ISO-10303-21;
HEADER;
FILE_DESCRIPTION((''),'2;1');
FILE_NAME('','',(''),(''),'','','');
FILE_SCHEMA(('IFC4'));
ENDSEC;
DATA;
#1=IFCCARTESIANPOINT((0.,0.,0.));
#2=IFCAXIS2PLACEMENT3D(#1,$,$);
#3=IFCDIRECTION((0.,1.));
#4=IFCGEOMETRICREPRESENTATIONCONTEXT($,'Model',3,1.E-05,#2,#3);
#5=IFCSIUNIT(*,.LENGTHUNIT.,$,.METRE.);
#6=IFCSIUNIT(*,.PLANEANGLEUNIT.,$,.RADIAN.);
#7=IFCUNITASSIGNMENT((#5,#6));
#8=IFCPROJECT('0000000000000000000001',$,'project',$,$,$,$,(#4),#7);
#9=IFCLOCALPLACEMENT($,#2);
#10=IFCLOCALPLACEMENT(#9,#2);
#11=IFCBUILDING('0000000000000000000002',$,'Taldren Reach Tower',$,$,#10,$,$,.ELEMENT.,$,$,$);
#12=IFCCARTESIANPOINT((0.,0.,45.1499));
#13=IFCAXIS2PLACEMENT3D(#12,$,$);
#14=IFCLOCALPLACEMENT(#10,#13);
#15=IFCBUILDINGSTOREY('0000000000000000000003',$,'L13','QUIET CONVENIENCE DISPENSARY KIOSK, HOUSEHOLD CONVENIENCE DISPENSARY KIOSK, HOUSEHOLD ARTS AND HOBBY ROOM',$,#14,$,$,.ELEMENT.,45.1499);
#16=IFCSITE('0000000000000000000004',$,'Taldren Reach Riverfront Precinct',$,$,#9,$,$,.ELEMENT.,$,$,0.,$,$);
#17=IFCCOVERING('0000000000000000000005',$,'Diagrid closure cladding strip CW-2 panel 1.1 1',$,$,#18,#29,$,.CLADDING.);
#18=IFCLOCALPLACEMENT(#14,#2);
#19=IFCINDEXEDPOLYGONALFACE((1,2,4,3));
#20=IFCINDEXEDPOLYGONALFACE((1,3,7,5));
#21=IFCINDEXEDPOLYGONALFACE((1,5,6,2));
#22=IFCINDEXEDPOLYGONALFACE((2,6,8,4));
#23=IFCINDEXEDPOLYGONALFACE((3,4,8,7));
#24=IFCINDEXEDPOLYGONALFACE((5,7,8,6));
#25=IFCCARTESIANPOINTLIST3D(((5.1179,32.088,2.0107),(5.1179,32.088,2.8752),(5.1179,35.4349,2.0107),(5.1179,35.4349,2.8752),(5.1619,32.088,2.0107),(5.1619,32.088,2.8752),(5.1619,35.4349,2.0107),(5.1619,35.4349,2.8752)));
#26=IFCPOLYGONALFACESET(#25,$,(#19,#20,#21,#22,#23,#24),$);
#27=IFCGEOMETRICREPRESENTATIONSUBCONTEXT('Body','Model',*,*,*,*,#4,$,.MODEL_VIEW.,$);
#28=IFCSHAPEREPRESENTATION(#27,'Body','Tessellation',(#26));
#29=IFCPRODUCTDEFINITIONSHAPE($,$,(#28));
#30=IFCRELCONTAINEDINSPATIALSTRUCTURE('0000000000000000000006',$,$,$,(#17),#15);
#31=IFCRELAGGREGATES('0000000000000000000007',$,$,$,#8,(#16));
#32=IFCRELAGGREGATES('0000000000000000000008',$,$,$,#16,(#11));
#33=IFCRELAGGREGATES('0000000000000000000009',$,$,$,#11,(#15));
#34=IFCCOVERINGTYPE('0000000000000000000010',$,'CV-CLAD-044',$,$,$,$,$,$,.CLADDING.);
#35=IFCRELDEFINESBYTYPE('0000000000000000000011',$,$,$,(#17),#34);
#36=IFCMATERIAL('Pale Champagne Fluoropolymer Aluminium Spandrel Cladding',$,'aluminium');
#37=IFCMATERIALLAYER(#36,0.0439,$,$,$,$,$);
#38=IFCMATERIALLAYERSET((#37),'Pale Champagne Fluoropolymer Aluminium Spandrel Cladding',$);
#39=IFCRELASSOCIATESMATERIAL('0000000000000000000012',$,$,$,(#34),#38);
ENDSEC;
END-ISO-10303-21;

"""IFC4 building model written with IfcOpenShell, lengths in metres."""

from ifc_helpers import new_model, si_unit, direction, frame, origin, origin_2d, place, context, subcontext, project, spatial, rectangle, extrude, source, transform, mapped, material, layer, layer_set, type_object, element, save


model = new_model("IFC4")

# Units and contexts
model_context = context("Model", 3, precision=1e-05, world=origin(), true_north=direction((0.0, 1.0)))
body_context = subcontext(model_context, "Body", "Model", "MODEL_VIEW")
ifc_project = project(units=[si_unit("LENGTHUNIT", "METRE"), si_unit("PLANEANGLEUNIT", "RADIAN")], contexts=[model_context])

# Site, building, storey
site_placement = place(None, origin())
site = spatial("IfcSite", under=ifc_project, at=site_placement, Name="Taldren Reach Riverfront Precinct", CompositionType="ELEMENT", RefElevation=0.0)
building_placement = place(site_placement, origin())
building = spatial("IfcBuilding", under=site, at=building_placement, Name="Taldren Reach Tower", CompositionType="ELEMENT")
storey_placement = place(building_placement, frame((0.0, 0.0, 45.1499)))
storey = spatial("IfcBuildingStorey", under=building, at=storey_placement, Name="L13", Description="QUIET CONVENIENCE DISPENSARY KIOSK, HOUSEHOLD CONVENIENCE DISPENSARY KIOSK, HOUSEHOLD ARTS AND HOBBY ROOM", CompositionType="ELEMENT", Elevation=45.1499)

# Covering
ifc_material_1 = material(Name="Pale Champagne Fluoropolymer Aluminium Spandrel Cladding", Category="aluminium")
ifc_layer_1 = layer(ifc_material_1, 0.0439)
ifc_layer_set_1 = layer_set([ifc_layer_1], Name="Pale Champagne Fluoropolymer Aluminium Spandrel Cladding")
covering_type = type_object("IfcCoveringType", Name="CV-CLAD-044", PredefinedType="CLADDING", material=ifc_layer_set_1)
shared_shape_1 = source(origin(), body_context, "Body", "SweptSolid", [
    extrude(rectangle(XDim=3.3469, YDim=0.0439, at=origin_2d()), origin(), (0.0, 0.0, 1.0), 0.8645),
])
covering_placement = place(storey_placement, frame((5.1399, 33.7615, 2.0107), z_axis=(0.0, 0.0, 1.0), x_axis=(0.0, -1.0, 0.0)))
element("IfcCovering", 1, at=covering_placement, inside=storey, type_object=covering_type, Name="Diagrid closure cladding strip CW-2 panel 1.1 1", PredefinedType="CLADDING", context=body_context, shape_type="MappedRepresentation", body=[
    mapped(shared_shape_1, transform((0.0, 0.0, 0.0), scale=1.0)),
])

save(model, "model.ifc")
